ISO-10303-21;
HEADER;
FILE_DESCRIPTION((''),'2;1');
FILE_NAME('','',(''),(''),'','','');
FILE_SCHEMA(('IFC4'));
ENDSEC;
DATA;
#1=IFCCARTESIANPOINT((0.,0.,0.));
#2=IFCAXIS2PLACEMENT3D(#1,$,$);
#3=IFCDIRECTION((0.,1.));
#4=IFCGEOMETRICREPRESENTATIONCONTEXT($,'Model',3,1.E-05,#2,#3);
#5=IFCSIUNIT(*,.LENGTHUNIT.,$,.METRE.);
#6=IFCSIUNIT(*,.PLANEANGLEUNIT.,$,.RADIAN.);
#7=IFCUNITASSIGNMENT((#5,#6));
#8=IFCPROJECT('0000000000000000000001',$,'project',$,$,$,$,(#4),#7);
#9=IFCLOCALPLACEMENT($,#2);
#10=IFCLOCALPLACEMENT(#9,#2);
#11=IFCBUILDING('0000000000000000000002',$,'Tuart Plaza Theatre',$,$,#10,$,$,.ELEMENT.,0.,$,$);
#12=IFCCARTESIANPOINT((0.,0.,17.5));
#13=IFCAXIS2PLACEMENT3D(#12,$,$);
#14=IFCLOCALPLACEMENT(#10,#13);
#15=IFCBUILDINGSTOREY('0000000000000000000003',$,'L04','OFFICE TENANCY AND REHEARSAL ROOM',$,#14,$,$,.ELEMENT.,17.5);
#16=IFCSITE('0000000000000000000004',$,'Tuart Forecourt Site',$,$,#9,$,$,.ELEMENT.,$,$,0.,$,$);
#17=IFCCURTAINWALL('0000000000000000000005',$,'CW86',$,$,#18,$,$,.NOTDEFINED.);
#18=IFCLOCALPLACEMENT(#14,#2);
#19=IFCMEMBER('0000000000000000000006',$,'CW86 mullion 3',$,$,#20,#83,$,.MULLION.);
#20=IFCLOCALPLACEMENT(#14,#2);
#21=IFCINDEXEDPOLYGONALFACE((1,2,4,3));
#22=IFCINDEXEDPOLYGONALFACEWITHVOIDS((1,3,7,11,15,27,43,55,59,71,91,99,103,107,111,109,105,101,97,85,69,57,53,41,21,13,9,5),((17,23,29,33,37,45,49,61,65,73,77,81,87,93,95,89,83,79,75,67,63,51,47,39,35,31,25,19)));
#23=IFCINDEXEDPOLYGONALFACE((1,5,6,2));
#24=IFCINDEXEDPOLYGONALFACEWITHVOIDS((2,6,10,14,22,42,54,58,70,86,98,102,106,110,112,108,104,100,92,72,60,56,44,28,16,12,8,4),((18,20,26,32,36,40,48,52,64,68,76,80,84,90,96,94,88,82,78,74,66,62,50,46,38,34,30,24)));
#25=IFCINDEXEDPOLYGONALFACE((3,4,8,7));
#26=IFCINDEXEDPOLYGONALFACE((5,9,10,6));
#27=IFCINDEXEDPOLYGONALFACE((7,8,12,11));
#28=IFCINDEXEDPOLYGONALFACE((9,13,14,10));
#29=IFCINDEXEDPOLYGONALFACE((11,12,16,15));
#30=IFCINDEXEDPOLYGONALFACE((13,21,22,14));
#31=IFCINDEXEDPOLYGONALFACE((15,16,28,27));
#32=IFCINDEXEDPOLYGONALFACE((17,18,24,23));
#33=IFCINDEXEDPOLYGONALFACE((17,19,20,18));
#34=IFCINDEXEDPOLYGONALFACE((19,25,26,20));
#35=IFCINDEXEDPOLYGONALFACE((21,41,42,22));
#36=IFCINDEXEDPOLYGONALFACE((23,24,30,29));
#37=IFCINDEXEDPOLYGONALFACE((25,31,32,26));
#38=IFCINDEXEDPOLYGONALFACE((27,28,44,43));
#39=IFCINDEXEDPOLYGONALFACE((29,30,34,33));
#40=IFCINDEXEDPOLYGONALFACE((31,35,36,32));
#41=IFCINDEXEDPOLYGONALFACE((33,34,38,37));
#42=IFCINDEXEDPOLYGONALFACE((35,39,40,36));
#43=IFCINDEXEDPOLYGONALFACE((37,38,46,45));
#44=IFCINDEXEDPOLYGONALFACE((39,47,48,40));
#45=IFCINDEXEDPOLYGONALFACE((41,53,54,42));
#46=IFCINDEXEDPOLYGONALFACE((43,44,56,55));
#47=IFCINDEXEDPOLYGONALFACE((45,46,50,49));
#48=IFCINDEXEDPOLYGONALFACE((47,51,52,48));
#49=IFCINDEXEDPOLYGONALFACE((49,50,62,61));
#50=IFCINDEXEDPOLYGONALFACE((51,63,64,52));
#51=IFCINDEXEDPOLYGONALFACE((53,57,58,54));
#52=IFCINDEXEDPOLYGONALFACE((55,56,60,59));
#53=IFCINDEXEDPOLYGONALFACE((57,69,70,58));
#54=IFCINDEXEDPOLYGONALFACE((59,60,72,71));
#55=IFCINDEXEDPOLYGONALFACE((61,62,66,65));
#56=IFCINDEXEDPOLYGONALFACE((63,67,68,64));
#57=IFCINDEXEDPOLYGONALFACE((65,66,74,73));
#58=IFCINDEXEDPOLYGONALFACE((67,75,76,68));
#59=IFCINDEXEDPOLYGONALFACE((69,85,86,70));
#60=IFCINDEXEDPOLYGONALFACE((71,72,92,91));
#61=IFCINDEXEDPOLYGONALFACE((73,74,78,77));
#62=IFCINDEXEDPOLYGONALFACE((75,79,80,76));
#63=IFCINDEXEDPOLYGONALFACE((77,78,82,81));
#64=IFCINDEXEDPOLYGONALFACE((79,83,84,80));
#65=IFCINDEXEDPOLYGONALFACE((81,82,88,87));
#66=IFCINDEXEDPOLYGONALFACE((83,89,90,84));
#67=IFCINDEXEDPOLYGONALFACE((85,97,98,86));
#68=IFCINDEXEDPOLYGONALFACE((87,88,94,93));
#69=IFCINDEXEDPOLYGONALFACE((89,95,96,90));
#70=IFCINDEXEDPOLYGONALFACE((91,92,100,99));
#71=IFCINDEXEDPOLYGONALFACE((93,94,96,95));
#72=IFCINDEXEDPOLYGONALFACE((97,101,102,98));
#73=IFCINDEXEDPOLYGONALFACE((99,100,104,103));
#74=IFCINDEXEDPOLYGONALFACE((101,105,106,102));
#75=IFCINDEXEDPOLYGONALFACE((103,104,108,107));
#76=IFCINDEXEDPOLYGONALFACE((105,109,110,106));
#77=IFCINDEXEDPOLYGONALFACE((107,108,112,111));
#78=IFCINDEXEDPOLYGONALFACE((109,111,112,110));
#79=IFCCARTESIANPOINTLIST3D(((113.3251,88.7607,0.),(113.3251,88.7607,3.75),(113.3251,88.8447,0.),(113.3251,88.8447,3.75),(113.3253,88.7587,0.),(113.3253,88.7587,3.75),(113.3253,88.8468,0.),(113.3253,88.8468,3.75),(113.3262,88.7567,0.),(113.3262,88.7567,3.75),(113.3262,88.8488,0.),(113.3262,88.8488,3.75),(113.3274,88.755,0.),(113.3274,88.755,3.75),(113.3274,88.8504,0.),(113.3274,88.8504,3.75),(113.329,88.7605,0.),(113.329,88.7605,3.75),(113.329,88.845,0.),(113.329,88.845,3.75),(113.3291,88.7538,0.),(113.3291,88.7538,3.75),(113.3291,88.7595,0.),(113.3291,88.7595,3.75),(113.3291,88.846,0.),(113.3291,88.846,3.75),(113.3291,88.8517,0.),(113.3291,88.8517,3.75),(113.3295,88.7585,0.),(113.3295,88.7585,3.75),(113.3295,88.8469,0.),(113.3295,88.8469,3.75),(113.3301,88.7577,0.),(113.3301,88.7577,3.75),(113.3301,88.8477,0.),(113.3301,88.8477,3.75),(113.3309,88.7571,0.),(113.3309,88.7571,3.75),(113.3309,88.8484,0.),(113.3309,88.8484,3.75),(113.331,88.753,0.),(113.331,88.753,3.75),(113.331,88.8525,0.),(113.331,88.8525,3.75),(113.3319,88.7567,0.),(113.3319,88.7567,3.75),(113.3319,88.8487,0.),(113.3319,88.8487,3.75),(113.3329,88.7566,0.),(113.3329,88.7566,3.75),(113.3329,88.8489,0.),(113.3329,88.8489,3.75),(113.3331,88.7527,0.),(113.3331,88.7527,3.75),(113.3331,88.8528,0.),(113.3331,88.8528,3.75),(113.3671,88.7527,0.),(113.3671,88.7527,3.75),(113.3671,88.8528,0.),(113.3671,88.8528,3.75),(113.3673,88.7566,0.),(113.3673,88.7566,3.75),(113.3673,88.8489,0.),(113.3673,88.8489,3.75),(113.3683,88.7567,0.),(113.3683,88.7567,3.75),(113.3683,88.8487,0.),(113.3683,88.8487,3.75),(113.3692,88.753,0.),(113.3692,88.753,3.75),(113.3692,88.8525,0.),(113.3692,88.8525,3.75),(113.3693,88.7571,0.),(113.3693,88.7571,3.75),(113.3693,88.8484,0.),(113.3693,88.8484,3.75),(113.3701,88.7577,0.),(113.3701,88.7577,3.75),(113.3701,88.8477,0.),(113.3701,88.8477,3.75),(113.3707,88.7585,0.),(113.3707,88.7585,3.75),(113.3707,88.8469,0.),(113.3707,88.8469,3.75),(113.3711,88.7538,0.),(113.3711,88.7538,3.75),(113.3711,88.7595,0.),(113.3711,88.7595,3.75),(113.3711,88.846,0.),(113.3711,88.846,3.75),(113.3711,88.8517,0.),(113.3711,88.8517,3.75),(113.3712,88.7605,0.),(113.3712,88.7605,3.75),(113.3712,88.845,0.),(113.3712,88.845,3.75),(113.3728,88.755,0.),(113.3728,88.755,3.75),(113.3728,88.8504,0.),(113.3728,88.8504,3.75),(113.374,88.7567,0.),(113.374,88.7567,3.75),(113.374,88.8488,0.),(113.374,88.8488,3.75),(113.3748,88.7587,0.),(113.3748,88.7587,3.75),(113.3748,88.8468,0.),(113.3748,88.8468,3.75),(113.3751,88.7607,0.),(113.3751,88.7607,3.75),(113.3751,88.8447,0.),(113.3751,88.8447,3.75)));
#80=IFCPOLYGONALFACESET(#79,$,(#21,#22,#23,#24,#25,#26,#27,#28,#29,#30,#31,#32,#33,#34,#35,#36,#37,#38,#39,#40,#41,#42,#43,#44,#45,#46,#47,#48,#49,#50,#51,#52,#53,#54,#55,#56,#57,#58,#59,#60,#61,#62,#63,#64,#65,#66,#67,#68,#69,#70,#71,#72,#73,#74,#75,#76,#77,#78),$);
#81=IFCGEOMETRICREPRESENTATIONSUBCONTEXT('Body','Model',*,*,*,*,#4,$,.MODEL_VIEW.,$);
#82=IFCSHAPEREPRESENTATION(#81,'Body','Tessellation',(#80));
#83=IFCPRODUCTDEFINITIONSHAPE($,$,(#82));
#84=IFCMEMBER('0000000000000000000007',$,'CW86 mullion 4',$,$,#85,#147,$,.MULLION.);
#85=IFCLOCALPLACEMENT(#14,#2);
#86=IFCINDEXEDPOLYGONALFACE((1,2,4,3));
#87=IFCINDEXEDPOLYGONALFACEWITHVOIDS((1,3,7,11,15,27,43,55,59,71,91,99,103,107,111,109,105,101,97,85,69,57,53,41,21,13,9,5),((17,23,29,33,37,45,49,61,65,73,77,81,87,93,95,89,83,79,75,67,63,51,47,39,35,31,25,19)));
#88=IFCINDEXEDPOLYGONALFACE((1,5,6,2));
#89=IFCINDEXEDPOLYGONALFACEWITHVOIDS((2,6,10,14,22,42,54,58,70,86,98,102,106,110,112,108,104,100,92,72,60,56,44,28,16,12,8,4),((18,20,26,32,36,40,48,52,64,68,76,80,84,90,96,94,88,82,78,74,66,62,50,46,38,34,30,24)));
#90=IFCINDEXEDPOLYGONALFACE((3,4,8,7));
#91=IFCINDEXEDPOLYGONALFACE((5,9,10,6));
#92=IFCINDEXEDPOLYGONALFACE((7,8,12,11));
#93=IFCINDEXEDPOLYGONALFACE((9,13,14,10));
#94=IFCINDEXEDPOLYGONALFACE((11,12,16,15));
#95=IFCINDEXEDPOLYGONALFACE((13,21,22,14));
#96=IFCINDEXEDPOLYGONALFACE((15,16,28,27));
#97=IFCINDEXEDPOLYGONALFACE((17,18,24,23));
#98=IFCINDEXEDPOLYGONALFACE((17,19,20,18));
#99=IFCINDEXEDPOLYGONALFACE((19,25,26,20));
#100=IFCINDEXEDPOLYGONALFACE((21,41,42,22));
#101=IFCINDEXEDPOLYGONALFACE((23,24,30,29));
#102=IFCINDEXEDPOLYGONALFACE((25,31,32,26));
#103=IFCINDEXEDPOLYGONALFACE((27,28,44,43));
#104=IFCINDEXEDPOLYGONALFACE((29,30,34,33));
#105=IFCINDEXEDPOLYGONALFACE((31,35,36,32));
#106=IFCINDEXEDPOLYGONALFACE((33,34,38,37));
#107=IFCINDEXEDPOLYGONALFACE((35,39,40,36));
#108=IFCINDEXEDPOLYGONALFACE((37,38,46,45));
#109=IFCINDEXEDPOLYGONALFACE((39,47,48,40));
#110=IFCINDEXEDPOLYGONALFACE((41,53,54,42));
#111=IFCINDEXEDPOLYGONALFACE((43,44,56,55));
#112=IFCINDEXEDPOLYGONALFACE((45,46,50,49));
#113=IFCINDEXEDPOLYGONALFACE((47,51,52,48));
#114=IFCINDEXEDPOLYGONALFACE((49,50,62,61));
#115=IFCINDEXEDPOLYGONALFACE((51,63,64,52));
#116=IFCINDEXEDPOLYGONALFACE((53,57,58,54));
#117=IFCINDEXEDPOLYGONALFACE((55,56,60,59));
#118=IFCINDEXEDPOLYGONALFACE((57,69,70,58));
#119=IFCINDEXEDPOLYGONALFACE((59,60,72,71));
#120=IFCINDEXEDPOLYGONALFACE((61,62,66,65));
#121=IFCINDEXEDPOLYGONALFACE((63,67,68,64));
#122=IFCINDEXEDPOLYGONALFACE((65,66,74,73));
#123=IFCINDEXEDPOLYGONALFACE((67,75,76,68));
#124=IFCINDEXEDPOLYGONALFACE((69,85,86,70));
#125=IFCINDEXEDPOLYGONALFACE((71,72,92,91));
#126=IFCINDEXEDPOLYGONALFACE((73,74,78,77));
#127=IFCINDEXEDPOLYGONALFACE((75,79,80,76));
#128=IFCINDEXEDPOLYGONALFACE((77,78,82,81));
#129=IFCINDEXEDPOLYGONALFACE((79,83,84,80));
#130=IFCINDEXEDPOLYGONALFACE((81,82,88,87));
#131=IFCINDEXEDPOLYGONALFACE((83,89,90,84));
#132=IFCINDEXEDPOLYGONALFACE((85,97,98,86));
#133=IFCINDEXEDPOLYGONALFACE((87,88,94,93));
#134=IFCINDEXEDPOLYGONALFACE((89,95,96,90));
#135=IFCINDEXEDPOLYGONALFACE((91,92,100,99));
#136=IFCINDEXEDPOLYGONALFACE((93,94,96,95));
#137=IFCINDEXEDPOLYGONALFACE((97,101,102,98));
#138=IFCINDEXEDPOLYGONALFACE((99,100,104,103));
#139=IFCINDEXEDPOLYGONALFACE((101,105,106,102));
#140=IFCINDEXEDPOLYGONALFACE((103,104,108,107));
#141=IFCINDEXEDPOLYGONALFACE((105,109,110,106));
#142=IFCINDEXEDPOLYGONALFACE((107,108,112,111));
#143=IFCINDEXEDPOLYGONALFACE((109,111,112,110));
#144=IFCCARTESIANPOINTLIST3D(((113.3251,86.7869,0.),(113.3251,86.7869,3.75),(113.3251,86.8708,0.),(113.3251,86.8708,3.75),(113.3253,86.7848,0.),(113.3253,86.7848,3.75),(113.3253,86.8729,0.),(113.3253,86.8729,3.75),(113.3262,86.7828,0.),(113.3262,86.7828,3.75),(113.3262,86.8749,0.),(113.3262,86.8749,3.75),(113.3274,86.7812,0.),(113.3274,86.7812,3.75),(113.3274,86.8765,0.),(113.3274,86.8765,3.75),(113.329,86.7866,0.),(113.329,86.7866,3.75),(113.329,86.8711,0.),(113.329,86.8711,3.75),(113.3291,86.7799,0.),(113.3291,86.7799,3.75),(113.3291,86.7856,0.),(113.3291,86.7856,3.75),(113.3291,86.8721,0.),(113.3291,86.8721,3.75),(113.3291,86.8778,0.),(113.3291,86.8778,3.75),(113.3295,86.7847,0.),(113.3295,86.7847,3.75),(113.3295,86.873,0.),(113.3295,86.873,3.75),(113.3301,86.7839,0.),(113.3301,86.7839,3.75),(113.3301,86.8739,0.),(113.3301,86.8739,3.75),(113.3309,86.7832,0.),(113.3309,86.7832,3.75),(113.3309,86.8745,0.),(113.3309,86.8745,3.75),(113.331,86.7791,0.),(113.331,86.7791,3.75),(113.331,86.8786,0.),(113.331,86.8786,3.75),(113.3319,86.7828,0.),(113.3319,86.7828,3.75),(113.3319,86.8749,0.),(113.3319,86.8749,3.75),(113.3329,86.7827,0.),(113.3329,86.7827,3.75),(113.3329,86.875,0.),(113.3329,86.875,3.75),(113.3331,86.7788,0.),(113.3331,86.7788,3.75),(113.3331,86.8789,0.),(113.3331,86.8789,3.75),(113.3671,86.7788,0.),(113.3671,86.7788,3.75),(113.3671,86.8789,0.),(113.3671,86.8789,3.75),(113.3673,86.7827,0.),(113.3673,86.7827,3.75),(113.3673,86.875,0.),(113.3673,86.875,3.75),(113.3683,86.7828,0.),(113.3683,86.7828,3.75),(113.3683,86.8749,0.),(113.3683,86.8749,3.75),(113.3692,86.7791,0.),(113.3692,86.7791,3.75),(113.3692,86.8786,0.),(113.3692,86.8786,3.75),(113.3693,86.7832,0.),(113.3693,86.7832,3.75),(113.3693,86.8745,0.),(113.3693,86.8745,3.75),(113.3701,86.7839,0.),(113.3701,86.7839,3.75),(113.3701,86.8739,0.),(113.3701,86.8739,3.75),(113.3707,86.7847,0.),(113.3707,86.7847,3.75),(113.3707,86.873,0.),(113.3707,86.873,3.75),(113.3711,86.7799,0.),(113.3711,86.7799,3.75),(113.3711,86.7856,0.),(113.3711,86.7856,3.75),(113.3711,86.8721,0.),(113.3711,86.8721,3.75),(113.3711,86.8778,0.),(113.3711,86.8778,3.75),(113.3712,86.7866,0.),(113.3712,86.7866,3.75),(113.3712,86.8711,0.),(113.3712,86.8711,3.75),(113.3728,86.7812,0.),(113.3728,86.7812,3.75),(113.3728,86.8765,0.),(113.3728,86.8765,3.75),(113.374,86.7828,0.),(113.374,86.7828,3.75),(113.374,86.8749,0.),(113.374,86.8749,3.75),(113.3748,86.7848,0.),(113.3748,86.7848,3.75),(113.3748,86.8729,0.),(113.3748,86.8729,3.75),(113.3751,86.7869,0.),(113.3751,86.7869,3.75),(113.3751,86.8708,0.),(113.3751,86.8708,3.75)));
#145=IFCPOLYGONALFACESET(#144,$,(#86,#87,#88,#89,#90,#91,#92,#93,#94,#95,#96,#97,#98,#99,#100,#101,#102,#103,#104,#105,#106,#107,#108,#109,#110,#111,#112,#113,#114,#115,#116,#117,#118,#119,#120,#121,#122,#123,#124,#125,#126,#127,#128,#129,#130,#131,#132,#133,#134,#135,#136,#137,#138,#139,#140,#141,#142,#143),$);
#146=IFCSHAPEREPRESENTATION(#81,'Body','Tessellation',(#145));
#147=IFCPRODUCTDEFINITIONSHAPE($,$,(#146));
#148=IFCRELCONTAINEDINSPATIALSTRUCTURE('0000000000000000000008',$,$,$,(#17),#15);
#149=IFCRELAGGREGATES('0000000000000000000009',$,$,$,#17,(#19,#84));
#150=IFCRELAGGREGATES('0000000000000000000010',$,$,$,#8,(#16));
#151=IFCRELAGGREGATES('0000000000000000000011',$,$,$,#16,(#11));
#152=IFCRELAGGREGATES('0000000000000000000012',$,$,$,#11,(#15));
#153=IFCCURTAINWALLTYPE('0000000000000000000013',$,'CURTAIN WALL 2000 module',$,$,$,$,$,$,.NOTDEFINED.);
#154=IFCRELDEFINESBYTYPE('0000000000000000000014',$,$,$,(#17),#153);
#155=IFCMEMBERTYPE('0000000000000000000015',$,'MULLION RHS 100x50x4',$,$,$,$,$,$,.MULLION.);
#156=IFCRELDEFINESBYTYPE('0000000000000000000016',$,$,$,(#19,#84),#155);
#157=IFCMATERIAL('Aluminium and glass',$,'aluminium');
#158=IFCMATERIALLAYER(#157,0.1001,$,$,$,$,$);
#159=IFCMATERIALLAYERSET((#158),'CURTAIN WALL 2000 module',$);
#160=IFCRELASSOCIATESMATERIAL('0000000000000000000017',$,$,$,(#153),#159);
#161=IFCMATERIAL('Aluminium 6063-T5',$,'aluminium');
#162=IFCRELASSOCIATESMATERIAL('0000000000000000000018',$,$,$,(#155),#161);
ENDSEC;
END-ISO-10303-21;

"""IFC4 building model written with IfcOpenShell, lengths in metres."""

from ifc_helpers import new_model, si_unit, direction, frame, origin, origin_2d, place, context, subcontext, project, spatial, hollow_rectangle, extrude, material, layer, layer_set, material_profile, profile_set, type_object, element, aggregate, save


model = new_model("IFC4")

# Units and contexts
model_context = context("Model", 3, precision=1e-05, world=origin(), true_north=direction((0.0, 1.0)))
body_context = subcontext(model_context, "Body", "Model", "MODEL_VIEW")
ifc_project = project(units=[si_unit("LENGTHUNIT", "METRE"), si_unit("PLANEANGLEUNIT", "RADIAN")], contexts=[model_context])

# Site, building, storey
site_placement = place(None, origin())
site = spatial("IfcSite", under=ifc_project, at=site_placement, Name="Tuart Forecourt Site", CompositionType="ELEMENT", RefElevation=0.0)
building_placement = place(site_placement, origin())
building = spatial("IfcBuilding", under=site, at=building_placement, Name="Tuart Plaza Theatre", CompositionType="ELEMENT", ElevationOfRefHeight=0.0)
storey_placement = place(building_placement, frame((0.0, 0.0, 17.5)))
storey = spatial("IfcBuildingStorey", under=building, at=storey_placement, Name="L04", Description="OFFICE TENANCY AND REHEARSAL ROOM", CompositionType="ELEMENT", Elevation=17.5)

# Curtain wall, members
ifc_material_1 = material(Name="Aluminium and glass", Category="aluminium")
ifc_layer_1 = layer(ifc_material_1, 0.1001)
ifc_layer_set_1 = layer_set([ifc_layer_1], Name="CURTAIN WALL 2000 module")
curtain_wall_type = type_object("IfcCurtainWallType", Name="CURTAIN WALL 2000 module", PredefinedType="NOTDEFINED", material=ifc_layer_set_1)
curtain_wall_placement = place(storey_placement, origin())
curtain_wall = element("IfcCurtainWall", 1, at=curtain_wall_placement, inside=storey, type_object=curtain_wall_type, Name="CW86", PredefinedType="NOTDEFINED")
ifc_material_2 = material(Name="Aluminium 6063-T5", Category="aluminium")
ifc_material_profile_1 = material_profile(ifc_material_2, hollow_rectangle(XDim=0.05, YDim=0.1001, WallThickness=0.0039, InnerFilletRadius=0.0039, OuterFilletRadius=0.0081, at=origin_2d()), Name="RHS 100x50x4")
ifc_profile_set_1 = profile_set([ifc_material_profile_1], Name="Aluminium 6063-T5")
member_type_1 = type_object("IfcMemberType", Name="MULLION RHS 100x50x4", PredefinedType="MULLION", material=ifc_profile_set_1)
member_1_placement = place(storey_placement, frame((113.3501, 88.8027, 0.0), z_axis=(0.0, 0.0, 1.0), x_axis=(1.0, 0.0, 0.0)))
member_1 = element("IfcMember", 2, at=member_1_placement, type_object=member_type_1, Name="CW86 mullion 3", PredefinedType="MULLION", context=body_context, shape_type="SweptSolid", body=[
    extrude(hollow_rectangle(XDim=0.05, YDim=0.1001, WallThickness=0.0039, InnerFilletRadius=0.0039, OuterFilletRadius=0.0081, at=origin_2d()), origin(), (0.0, 0.0, 1.0), 3.75),
])
member_2_placement = place(storey_placement, frame((113.3501, 86.8289, 0.0), z_axis=(0.0, 0.0, 1.0), x_axis=(1.0, 0.0, 0.0)))
member_2 = element("IfcMember", 3, at=member_2_placement, type_object=member_type_1, Name="CW86 mullion 4", PredefinedType="MULLION", context=body_context, shape_type="SweptSolid", body=[
    extrude(hollow_rectangle(XDim=0.05, YDim=0.1001, WallThickness=0.0039, InnerFilletRadius=0.0039, OuterFilletRadius=0.0081, at=origin_2d()), origin(), (0.0, 0.0, 1.0), 3.75),
])
aggregate(curtain_wall, [member_1, member_2])

save(model, "model.ifc")
